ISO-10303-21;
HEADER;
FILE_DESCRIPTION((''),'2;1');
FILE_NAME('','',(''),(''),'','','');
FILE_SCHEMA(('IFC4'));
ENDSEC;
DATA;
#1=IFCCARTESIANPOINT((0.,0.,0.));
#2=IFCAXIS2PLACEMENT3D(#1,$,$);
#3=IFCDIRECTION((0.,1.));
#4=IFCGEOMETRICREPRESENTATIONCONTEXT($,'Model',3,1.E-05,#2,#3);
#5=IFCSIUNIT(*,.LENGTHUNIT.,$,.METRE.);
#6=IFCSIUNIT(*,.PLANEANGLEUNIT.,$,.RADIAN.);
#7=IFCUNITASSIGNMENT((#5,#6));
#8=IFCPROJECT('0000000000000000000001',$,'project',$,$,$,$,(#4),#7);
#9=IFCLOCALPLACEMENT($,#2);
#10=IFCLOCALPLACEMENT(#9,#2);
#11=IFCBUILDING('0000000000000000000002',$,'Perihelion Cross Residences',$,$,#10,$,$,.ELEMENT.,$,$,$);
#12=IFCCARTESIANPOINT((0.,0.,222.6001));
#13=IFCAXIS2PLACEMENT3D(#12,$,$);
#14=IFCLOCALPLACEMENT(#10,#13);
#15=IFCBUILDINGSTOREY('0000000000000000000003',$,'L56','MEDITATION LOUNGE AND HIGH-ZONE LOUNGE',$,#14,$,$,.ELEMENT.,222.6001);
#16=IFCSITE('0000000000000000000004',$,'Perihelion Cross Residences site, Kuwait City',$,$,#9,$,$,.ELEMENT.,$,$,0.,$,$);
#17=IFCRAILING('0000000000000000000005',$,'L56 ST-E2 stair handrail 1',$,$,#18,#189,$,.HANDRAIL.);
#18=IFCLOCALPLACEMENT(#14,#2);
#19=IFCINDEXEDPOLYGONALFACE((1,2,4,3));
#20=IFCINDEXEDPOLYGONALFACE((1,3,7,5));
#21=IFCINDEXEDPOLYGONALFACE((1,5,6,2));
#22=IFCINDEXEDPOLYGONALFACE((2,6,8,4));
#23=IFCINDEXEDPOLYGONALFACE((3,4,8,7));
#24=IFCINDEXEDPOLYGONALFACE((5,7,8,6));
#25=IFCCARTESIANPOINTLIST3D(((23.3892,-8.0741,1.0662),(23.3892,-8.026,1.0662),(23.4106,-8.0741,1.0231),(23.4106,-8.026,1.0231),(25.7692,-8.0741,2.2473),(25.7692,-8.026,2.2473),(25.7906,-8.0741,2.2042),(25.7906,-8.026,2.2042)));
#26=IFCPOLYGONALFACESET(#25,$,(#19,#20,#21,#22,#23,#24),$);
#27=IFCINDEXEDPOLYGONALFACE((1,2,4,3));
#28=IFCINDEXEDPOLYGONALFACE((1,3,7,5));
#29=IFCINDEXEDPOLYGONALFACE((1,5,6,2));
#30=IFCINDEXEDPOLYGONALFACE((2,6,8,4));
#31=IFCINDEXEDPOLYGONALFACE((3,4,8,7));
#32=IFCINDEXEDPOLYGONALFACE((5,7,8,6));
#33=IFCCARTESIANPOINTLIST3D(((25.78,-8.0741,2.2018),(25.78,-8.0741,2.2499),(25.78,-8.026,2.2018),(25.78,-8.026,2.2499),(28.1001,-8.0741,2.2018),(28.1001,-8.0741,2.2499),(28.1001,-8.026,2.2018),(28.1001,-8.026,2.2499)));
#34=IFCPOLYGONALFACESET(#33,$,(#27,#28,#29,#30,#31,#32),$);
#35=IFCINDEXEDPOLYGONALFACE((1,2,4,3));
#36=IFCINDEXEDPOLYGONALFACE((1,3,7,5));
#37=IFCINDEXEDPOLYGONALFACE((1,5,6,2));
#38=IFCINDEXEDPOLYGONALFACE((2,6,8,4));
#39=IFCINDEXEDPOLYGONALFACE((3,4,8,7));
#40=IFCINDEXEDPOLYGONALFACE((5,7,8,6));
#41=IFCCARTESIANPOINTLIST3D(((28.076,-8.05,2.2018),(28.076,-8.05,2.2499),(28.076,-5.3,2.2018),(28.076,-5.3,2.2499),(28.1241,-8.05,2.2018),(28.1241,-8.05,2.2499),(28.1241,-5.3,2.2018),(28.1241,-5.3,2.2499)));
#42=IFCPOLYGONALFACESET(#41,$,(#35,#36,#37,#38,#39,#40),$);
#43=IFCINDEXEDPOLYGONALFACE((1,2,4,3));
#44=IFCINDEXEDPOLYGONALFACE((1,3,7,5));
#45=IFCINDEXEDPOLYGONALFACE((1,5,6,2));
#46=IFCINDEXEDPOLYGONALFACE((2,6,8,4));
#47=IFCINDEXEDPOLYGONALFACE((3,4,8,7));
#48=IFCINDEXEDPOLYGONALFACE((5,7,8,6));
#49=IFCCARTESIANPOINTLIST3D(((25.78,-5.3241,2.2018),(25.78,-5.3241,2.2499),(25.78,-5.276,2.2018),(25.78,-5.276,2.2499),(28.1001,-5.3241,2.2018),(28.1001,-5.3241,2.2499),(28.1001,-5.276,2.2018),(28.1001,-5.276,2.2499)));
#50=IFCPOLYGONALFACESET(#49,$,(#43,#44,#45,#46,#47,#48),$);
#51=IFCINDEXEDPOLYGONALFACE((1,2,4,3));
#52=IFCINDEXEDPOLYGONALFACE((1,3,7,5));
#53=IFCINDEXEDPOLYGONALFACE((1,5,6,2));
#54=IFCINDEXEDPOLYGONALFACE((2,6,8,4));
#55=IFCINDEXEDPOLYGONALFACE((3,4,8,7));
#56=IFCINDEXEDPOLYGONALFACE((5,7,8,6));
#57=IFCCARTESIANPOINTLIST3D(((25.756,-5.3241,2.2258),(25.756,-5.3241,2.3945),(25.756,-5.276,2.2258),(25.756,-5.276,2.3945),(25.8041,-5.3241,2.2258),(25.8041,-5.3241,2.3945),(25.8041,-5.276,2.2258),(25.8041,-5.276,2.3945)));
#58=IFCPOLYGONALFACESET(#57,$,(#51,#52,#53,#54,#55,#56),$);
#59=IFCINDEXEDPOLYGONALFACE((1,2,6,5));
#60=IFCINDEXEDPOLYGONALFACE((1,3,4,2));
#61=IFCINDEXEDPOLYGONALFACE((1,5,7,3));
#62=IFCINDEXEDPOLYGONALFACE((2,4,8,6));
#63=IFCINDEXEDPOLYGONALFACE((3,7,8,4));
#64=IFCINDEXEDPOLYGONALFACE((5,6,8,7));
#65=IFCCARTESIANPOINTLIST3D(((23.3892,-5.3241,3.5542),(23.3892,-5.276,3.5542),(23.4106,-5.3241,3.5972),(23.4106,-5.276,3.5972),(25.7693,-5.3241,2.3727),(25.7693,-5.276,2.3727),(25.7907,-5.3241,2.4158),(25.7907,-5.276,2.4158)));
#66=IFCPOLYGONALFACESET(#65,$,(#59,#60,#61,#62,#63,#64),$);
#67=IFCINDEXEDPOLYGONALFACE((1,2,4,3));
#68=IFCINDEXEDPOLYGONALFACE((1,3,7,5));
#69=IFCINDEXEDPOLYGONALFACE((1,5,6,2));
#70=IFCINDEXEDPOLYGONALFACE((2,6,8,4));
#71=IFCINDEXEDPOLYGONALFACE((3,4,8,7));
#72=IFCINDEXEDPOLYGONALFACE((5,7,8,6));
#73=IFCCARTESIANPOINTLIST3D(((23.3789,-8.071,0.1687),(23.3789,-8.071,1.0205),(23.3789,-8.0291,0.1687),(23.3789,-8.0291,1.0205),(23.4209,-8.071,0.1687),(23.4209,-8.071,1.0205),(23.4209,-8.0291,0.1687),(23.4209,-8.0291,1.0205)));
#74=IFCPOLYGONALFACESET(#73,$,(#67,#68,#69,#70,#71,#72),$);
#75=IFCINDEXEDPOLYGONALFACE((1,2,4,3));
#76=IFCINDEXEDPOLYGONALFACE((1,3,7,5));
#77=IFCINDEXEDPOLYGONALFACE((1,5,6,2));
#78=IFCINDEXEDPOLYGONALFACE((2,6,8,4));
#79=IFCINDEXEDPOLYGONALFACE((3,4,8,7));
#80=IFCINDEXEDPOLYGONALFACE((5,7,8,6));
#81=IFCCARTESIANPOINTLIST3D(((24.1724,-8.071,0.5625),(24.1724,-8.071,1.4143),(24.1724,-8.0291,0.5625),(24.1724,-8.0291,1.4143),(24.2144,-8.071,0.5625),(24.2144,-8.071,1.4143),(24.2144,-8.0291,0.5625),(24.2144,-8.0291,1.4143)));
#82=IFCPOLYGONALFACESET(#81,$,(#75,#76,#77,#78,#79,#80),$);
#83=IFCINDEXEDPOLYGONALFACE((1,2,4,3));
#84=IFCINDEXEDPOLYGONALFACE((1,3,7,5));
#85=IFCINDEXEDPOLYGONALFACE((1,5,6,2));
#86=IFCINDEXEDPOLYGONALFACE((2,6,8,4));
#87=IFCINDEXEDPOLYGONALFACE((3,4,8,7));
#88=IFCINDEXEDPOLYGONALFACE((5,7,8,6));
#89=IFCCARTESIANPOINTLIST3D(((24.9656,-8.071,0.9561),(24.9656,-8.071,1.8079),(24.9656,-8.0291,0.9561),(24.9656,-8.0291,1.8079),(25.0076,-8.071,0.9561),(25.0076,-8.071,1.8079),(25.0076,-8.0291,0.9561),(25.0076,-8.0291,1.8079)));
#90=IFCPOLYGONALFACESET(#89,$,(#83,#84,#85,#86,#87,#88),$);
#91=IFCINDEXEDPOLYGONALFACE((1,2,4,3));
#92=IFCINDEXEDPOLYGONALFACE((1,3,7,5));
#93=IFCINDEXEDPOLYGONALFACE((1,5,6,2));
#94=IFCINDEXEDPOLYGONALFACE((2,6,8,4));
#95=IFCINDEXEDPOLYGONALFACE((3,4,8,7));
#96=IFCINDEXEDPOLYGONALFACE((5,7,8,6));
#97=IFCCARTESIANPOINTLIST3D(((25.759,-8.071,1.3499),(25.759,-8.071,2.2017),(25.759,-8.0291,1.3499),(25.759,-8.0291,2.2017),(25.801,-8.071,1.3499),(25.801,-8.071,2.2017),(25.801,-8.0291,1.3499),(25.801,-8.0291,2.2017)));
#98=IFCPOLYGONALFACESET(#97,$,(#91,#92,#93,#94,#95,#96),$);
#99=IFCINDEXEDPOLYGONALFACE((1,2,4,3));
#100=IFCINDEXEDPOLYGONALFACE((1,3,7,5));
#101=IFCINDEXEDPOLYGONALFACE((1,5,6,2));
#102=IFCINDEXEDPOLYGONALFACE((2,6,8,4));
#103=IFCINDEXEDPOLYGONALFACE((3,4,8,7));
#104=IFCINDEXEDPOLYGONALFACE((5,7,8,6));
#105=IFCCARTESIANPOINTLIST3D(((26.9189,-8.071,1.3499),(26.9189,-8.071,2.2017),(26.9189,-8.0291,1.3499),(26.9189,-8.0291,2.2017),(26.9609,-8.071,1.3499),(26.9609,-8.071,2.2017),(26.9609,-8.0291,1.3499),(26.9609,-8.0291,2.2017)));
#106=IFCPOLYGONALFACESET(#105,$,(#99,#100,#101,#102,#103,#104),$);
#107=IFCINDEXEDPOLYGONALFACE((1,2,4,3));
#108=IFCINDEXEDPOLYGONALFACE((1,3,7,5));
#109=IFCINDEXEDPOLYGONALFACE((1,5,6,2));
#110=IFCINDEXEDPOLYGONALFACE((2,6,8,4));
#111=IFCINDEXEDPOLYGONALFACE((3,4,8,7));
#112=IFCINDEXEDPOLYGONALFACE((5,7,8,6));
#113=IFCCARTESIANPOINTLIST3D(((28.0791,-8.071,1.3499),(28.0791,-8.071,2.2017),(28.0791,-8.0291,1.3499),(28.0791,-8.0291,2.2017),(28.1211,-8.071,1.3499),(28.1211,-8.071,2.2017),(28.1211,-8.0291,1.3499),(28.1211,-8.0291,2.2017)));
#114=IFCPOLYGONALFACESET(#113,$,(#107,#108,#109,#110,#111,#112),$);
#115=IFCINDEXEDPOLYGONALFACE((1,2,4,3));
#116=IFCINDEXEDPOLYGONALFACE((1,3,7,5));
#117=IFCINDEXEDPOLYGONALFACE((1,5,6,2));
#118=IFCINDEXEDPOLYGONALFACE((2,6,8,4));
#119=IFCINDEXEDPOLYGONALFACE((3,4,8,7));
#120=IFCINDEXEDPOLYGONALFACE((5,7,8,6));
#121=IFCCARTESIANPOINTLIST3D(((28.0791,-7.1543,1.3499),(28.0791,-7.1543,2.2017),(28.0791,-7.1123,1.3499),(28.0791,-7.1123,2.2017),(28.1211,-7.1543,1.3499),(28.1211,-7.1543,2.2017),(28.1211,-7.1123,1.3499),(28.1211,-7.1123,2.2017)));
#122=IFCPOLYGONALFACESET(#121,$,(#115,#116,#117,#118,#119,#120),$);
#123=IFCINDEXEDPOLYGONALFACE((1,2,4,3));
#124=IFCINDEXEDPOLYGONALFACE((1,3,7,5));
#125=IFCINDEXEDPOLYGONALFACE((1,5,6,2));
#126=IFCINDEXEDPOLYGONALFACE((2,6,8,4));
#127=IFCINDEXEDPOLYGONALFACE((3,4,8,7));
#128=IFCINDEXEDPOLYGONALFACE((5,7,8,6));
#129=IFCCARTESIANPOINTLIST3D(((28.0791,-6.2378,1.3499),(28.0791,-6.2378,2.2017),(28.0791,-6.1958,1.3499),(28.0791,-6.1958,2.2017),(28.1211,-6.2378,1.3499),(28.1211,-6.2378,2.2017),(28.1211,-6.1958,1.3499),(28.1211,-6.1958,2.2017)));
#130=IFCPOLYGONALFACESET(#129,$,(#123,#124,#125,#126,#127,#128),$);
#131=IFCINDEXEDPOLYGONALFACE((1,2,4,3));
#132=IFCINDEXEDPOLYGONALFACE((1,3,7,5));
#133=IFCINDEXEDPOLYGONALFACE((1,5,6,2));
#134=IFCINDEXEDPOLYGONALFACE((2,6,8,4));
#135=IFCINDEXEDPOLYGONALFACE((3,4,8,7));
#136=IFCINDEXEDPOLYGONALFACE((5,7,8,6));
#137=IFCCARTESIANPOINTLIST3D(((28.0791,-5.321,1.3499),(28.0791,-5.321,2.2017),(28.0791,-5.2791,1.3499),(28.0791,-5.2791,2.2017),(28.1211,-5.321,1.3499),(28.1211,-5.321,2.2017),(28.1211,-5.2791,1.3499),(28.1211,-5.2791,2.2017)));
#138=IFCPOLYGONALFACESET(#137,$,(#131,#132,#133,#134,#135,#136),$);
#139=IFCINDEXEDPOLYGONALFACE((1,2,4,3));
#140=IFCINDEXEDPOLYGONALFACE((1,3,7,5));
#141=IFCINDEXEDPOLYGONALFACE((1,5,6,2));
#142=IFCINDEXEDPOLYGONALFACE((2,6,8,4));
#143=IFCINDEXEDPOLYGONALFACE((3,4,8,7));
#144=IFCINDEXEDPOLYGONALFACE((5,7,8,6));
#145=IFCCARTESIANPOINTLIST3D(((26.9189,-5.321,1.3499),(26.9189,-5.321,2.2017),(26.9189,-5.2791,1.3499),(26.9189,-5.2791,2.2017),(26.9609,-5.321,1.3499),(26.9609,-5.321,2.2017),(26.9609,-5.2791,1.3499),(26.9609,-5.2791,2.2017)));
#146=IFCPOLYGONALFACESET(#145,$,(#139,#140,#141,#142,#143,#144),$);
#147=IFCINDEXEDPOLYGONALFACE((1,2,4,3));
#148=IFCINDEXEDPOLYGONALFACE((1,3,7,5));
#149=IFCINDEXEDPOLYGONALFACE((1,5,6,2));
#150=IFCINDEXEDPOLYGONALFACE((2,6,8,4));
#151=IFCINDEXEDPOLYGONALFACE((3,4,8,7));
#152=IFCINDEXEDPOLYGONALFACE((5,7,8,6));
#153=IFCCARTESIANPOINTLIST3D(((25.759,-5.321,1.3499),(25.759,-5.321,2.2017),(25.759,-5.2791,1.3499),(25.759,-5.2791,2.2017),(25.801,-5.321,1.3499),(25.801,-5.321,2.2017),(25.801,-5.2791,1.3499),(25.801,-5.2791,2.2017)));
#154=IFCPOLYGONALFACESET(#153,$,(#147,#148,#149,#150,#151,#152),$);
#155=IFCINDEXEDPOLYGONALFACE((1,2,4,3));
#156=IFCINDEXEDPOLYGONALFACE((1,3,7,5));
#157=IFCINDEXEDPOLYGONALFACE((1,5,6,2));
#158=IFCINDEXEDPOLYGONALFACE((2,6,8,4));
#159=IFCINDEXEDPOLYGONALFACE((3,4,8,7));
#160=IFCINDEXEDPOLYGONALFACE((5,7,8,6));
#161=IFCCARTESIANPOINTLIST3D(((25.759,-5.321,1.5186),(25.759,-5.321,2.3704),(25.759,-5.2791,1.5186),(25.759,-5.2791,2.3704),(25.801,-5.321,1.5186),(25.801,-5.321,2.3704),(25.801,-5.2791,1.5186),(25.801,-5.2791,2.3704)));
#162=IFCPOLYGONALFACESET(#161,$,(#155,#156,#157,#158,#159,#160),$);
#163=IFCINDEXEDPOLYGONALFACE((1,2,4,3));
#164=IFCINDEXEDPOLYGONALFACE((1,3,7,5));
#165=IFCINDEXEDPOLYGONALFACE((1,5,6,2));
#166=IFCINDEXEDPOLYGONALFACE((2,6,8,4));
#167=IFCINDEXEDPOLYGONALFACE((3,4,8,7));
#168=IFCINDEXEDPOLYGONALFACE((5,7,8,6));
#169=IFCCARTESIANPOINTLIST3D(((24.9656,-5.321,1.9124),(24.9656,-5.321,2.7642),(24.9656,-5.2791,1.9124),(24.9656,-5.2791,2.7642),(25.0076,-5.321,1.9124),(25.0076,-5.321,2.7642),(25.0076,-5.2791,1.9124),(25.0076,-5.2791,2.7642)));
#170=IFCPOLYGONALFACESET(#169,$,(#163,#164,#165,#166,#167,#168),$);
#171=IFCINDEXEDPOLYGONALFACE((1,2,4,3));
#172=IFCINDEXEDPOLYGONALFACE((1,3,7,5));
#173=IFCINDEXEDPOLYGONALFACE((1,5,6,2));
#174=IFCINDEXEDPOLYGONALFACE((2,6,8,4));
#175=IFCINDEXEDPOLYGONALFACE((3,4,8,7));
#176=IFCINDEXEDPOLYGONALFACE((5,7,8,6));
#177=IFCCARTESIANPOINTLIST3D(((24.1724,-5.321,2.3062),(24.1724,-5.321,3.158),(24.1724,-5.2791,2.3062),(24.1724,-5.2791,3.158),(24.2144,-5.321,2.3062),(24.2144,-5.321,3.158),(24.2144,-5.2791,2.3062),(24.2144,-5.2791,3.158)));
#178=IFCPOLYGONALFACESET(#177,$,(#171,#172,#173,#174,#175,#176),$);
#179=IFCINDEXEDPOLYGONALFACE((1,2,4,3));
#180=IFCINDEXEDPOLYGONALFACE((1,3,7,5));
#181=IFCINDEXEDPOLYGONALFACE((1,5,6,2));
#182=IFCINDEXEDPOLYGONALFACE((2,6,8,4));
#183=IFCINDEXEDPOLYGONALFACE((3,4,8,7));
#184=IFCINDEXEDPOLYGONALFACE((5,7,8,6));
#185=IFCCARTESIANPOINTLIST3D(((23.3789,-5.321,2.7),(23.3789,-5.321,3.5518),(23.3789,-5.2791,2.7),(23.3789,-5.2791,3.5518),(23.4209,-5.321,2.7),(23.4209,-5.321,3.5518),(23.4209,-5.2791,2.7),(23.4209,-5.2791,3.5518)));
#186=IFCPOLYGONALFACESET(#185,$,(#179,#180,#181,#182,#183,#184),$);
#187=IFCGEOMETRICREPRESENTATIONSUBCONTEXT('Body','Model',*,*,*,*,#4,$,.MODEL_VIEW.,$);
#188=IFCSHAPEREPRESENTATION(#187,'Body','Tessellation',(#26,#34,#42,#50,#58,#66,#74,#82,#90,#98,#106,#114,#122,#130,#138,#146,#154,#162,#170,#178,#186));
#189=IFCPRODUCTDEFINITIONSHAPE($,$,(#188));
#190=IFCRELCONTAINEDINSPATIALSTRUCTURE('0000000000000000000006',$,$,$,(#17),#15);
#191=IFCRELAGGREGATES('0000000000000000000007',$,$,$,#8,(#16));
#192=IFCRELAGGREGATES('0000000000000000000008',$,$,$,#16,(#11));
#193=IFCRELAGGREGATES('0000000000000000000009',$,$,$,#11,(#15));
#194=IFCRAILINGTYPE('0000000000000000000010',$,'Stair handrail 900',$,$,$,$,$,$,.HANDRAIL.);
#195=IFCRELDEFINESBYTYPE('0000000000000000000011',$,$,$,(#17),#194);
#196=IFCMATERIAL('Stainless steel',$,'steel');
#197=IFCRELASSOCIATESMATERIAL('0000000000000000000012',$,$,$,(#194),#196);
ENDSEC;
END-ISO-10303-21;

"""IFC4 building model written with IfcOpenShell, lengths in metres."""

from ifc_helpers import new_model, si_unit, direction, frame, origin, origin_2d, place, context, subcontext, project, spatial, rectangle, extrude, material, type_object, element, save


model = new_model("IFC4")

# Units and contexts
model_context = context("Model", 3, precision=1e-05, world=origin(), true_north=direction((0.0, 1.0)))
body_context = subcontext(model_context, "Body", "Model", "MODEL_VIEW")
ifc_project = project(units=[si_unit("LENGTHUNIT", "METRE"), si_unit("PLANEANGLEUNIT", "RADIAN")], contexts=[model_context])

# Site, building, storey
site_placement = place(None, origin())
site = spatial("IfcSite", under=ifc_project, at=site_placement, Name="Perihelion Cross Residences site, Kuwait City", CompositionType="ELEMENT", RefElevation=0.0)
building_placement = place(site_placement, origin())
building = spatial("IfcBuilding", under=site, at=building_placement, Name="Perihelion Cross Residences", CompositionType="ELEMENT")
storey_placement = place(building_placement, frame((0.0, 0.0, 222.6001)))
storey = spatial("IfcBuildingStorey", under=building, at=storey_placement, Name="L56", Description="MEDITATION LOUNGE AND HIGH-ZONE LOUNGE", CompositionType="ELEMENT", Elevation=222.6001)

# Railing
ifc_material_1 = material(Name="Stainless steel", Category="steel")
railing_type_1 = type_object("IfcRailingType", Name="Stair handrail 900", PredefinedType="HANDRAIL", material=ifc_material_1)
railing_1_placement = place(storey_placement, frame((23.3999, -8.05, 0.1687)))
element("IfcRailing", 1, at=railing_1_placement, inside=storey, type_object=railing_type_1, Name="L56 ST-E2 stair handrail 1", PredefinedType="HANDRAIL", context=body_context, shape_type="SweptSolid", body=[
    extrude(rectangle(XDim=0.0481, YDim=0.0481, at=origin_2d()), frame((0.0, 0.0, 0.876), z_axis=(0.895765, 0.0, 0.444529), x_axis=(0.0, 1.0, 0.0)), (0.0, 0.0, 1.0), 2.657),
    extrude(rectangle(XDim=0.0481, YDim=0.0481, at=origin_2d()), frame((2.3801, 0.0, 2.0571), z_axis=(1.0, 0.0, 0.0), x_axis=(0.0, 1.0, 0.0)), (0.0, 0.0, 1.0), 2.3201),
    extrude(rectangle(XDim=0.0481, YDim=0.0481, at=origin_2d()), frame((4.7002, 0.0, 2.0571), z_axis=(0.0, 1.0, 0.0), x_axis=(-1.0, 0.0, 0.0)), (0.0, 0.0, 1.0), 2.75),
    extrude(rectangle(XDim=0.0481, YDim=0.0481, at=origin_2d()), frame((4.7002, 2.75, 2.0571), z_axis=(-1.0, 0.0, 0.0), x_axis=(0.0, -1.0, 0.0)), (0.0, 0.0, 1.0), 2.3201),
    extrude(rectangle(XDim=0.0481, YDim=0.0481, at=origin_2d()), frame((2.3801, 2.75, 2.0571), z_axis=(0.0, 0.0, 1.0), x_axis=(1.0, 0.0, 0.0)), (0.0, 0.0, 1.0), 0.1687),
    extrude(rectangle(XDim=0.0481, YDim=0.0481, at=origin_2d()), frame((2.3801, 2.75, 2.2256), z_axis=(-0.895728, 0.0, 0.444602), x_axis=(0.0, -1.0, 0.0)), (0.0, 0.0, 1.0), 2.6572),
    extrude(rectangle(XDim=0.042, YDim=0.042, at=origin_2d()), origin(), (0.0, 0.0, 1.0), 0.8518),
    extrude(rectangle(XDim=0.042, YDim=0.042, at=origin_2d()), frame((0.7935, 0.0, 0.3938)), (0.0, 0.0, 1.0), 0.8518),
    extrude(rectangle(XDim=0.042, YDim=0.042, at=origin_2d()), frame((1.5867, 0.0, 0.7874)), (0.0, 0.0, 1.0), 0.8518),
    extrude(rectangle(XDim=0.042, YDim=0.042, at=origin_2d()), frame((2.3801, 0.0, 1.1812)), (0.0, 0.0, 1.0), 0.8518),
    extrude(rectangle(XDim=0.042, YDim=0.042, at=origin_2d()), frame((3.54, 0.0, 1.1812)), (0.0, 0.0, 1.0), 0.8518),
    extrude(rectangle(XDim=0.042, YDim=0.042, at=origin_2d()), frame((4.7002, 0.0, 1.1812)), (0.0, 0.0, 1.0), 0.8518),
    extrude(rectangle(XDim=0.042, YDim=0.042, at=origin_2d()), frame((4.7002, 0.9167, 1.1812)), (0.0, 0.0, 1.0), 0.8518),
    extrude(rectangle(XDim=0.042, YDim=0.042, at=origin_2d()), frame((4.7002, 1.8333, 1.1812)), (0.0, 0.0, 1.0), 0.8518),
    extrude(rectangle(XDim=0.042, YDim=0.042, at=origin_2d()), frame((4.7002, 2.75, 1.1812)), (0.0, 0.0, 1.0), 0.8518),
    extrude(rectangle(XDim=0.042, YDim=0.042, at=origin_2d()), frame((3.54, 2.75, 1.1812)), (0.0, 0.0, 1.0), 0.8518),
    extrude(rectangle(XDim=0.042, YDim=0.042, at=origin_2d()), frame((2.3801, 2.75, 1.1812)), (0.0, 0.0, 1.0), 0.8518),
    extrude(rectangle(XDim=0.042, YDim=0.042, at=origin_2d()), frame((2.3801, 2.75, 1.3499)), (0.0, 0.0, 1.0), 0.8518),
    extrude(rectangle(XDim=0.042, YDim=0.042, at=origin_2d()), frame((1.5867, 2.75, 1.7437)), (0.0, 0.0, 1.0), 0.8518),
    extrude(rectangle(XDim=0.042, YDim=0.042, at=origin_2d()), frame((0.7935, 2.75, 2.1375)), (0.0, 0.0, 1.0), 0.8518),
    extrude(rectangle(XDim=0.042, YDim=0.042, at=origin_2d()), frame((0.0, 2.75, 2.5312)), (0.0, 0.0, 1.0), 0.8518),
])

save(model, "model.ifc")
